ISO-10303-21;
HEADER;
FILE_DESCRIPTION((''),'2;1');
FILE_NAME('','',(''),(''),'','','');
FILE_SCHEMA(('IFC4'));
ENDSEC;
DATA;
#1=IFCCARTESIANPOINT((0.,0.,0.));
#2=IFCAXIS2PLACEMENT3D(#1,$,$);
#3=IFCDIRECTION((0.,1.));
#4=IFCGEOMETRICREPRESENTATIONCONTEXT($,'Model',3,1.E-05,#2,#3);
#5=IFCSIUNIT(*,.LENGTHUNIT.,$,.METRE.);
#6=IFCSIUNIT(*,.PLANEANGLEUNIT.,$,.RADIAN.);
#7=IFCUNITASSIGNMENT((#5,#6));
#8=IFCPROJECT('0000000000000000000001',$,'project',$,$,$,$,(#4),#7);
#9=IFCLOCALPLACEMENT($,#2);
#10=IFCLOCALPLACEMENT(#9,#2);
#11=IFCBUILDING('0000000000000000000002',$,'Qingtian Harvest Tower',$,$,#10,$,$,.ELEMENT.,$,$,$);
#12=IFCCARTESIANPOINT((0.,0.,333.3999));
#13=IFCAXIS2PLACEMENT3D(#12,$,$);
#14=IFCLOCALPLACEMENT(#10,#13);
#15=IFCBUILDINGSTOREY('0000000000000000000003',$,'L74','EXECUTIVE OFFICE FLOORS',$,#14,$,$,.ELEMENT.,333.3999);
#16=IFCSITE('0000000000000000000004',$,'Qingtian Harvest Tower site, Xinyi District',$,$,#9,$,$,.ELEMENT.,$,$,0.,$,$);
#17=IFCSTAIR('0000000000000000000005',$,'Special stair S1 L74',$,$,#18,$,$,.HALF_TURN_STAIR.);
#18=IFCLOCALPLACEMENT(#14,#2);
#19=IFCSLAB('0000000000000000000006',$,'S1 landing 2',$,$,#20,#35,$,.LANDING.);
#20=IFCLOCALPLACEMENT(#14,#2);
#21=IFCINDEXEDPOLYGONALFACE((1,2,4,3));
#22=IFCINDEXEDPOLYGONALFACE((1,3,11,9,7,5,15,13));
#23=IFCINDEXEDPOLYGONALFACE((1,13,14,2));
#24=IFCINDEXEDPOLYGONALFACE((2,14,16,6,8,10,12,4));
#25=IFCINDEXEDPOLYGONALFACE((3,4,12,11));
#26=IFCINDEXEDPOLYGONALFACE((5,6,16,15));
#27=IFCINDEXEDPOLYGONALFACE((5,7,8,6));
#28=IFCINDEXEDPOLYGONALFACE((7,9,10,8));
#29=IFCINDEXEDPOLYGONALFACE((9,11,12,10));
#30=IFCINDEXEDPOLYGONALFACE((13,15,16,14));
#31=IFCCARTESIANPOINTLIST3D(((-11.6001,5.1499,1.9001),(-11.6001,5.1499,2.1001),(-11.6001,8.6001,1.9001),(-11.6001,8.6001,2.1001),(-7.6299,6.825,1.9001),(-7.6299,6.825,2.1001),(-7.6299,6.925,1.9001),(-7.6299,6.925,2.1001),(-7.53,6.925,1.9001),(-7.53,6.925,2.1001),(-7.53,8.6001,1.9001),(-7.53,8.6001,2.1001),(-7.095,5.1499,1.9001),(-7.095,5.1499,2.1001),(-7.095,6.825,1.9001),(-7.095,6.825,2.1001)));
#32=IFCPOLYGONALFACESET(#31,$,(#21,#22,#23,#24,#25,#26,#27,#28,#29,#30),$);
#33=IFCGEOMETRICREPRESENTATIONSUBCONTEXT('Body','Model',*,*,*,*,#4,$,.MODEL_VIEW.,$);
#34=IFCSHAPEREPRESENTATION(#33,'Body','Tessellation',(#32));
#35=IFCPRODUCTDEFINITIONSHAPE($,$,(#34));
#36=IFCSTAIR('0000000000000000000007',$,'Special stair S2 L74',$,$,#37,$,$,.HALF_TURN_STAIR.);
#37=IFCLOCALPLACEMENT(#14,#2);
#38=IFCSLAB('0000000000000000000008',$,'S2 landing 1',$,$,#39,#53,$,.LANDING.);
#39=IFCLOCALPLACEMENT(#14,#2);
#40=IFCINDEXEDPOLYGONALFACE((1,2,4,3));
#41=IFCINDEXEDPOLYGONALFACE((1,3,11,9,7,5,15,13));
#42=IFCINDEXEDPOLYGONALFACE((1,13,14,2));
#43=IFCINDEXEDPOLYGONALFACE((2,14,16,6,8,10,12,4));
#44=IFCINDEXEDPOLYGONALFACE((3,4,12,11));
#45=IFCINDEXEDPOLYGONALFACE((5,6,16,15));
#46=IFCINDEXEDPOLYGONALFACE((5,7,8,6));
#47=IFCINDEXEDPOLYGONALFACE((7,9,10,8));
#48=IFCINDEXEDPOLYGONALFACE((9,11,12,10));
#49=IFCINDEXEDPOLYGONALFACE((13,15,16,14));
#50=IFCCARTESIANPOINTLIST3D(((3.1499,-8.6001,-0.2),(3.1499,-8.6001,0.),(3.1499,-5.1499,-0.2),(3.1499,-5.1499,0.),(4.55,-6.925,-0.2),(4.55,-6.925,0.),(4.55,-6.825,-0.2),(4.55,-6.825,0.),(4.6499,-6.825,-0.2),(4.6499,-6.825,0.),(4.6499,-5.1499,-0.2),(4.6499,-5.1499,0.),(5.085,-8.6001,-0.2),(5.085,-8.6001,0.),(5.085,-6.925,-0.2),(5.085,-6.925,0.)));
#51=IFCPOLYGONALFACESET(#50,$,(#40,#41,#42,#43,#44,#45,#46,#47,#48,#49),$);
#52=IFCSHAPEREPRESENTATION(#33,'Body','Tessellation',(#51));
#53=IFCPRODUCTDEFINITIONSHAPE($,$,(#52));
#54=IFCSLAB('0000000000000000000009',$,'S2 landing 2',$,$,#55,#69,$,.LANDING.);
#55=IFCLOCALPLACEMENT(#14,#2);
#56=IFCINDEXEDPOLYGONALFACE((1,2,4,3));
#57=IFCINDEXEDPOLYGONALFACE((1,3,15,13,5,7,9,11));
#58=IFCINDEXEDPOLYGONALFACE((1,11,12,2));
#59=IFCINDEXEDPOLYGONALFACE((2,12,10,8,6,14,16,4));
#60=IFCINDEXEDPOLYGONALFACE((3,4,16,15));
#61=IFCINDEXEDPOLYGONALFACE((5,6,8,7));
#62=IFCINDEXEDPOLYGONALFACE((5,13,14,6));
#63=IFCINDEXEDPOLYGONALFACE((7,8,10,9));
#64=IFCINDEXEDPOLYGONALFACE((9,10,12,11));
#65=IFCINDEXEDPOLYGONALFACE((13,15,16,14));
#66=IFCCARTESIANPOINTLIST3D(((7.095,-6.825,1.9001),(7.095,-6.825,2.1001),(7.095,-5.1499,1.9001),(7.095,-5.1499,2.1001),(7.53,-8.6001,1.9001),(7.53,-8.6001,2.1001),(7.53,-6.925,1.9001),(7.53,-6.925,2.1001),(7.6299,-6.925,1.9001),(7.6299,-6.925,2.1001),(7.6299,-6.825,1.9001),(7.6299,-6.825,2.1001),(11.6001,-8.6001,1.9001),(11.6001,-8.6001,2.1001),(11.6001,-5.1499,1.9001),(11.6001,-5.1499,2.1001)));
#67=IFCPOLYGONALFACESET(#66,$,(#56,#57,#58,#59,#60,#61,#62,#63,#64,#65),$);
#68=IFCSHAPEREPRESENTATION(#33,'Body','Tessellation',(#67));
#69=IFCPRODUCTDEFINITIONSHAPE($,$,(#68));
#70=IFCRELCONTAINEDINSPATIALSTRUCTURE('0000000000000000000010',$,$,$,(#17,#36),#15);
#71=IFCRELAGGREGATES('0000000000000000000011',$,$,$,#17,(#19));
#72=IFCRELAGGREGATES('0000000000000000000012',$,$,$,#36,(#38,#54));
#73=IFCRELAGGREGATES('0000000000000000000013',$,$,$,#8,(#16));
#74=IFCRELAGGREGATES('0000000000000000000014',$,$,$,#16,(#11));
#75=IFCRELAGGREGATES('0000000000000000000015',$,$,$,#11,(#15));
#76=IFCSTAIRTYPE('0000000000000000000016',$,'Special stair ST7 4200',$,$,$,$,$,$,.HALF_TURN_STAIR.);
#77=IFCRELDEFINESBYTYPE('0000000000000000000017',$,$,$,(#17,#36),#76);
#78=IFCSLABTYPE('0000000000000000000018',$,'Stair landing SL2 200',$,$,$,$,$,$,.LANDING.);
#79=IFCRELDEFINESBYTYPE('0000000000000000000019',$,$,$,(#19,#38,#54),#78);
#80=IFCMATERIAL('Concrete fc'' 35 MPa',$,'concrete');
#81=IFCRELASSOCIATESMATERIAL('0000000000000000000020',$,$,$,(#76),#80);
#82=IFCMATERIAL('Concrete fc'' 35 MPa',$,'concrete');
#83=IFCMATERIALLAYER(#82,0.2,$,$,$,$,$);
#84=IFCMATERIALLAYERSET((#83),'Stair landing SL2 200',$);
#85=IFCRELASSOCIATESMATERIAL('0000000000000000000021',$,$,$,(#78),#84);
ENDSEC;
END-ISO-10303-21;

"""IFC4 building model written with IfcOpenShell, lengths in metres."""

from ifc_helpers import new_model, si_unit, direction, frame, origin, place, context, subcontext, project, spatial, polyline, outline, extrude, material, layer, layer_set, type_object, element, aggregate, save


model = new_model("IFC4")

# Units and contexts
model_context = context("Model", 3, precision=1e-05, world=origin(), true_north=direction((0.0, 1.0)))
body_context = subcontext(model_context, "Body", "Model", "MODEL_VIEW")
ifc_project = project(units=[si_unit("LENGTHUNIT", "METRE"), si_unit("PLANEANGLEUNIT", "RADIAN")], contexts=[model_context])

# Site, building, storey
site_placement = place(None, origin())
site = spatial("IfcSite", under=ifc_project, at=site_placement, Name="Qingtian Harvest Tower site, Xinyi District", CompositionType="ELEMENT", RefElevation=0.0)
building_placement = place(site_placement, origin())
building = spatial("IfcBuilding", under=site, at=building_placement, Name="Qingtian Harvest Tower", CompositionType="ELEMENT")
storey_placement = place(building_placement, frame((0.0, 0.0, 333.3999)))
storey = spatial("IfcBuildingStorey", under=building, at=storey_placement, Name="L74", Description="EXECUTIVE OFFICE FLOORS", CompositionType="ELEMENT", Elevation=333.3999)

# Stairs, slabs
ifc_material_1 = material(Name="Concrete fc' 35 MPa", Category="concrete")
stair_type = type_object("IfcStairType", Name="Special stair ST7 4200", PredefinedType="HALF_TURN_STAIR", material=ifc_material_1)
stair_1_placement = place(storey_placement, origin())
stair_1 = element("IfcStair", 1, at=stair_1_placement, inside=storey, type_object=stair_type, Name="Special stair S1 L74", PredefinedType="HALF_TURN_STAIR")
ifc_material_2 = material(Name="Concrete fc' 35 MPa", Category="concrete")
ifc_layer_1 = layer(ifc_material_2, 0.2)
ifc_layer_set_1 = layer_set([ifc_layer_1], Name="Stair landing SL2 200")
slab_type_1 = type_object("IfcSlabType", Name="Stair landing SL2 200", PredefinedType="LANDING", material=ifc_layer_set_1)
slab_1_placement = place(storey_placement, frame((0.0, 0.0, 1.9001)))
slab_1 = element("IfcSlab", 2, at=slab_1_placement, type_object=slab_type_1, Name="S1 landing 2", PredefinedType="LANDING", context=body_context, shape_type="SweptSolid", body=[
    extrude(outline(polyline([(-7.095, 5.1499), (-11.6001, 5.1499), (-11.6001, 8.6001), (-7.53, 8.6001), (-7.53, 6.925), (-7.6299, 6.925), (-7.6299, 6.825), (-7.095, 6.825), (-7.095, 5.1499)])), origin(), (0.0, 0.0, 1.0), 0.2),
])
aggregate(stair_1, [slab_1])
stair_2_placement = place(storey_placement, origin())
stair_2 = element("IfcStair", 3, at=stair_2_placement, inside=storey, type_object=stair_type, Name="Special stair S2 L74", PredefinedType="HALF_TURN_STAIR")
slab_2_placement = place(storey_placement, frame((0.0, 0.0, -0.2)))
slab_2 = element("IfcSlab", 4, at=slab_2_placement, type_object=slab_type_1, Name="S2 landing 1", PredefinedType="LANDING", context=body_context, shape_type="SweptSolid", body=[
    extrude(outline(polyline([(5.085, -8.6001), (3.1499, -8.6001), (3.1499, -5.1499), (4.6499, -5.1499), (4.6499, -6.825), (4.55, -6.825), (4.55, -6.925), (5.085, -6.925), (5.085, -8.6001)])), origin(), (0.0, 0.0, 1.0), 0.2),
])
slab_3_placement = place(storey_placement, frame((0.0, 0.0, 1.9001)))
slab_3 = element("IfcSlab", 5, at=slab_3_placement, type_object=slab_type_1, Name="S2 landing 2", PredefinedType="LANDING", context=body_context, shape_type="SweptSolid", body=[
    extrude(outline(polyline([(7.53, -8.6001), (7.53, -6.925), (7.6299, -6.925), (7.6299, -6.825), (7.095, -6.825), (7.095, -5.1499), (11.6001, -5.1499), (11.6001, -8.6001), (7.53, -8.6001)])), origin(), (0.0, 0.0, 1.0), 0.2),
])
aggregate(stair_2, [slab_2, slab_3])

save(model, "model.ifc")
